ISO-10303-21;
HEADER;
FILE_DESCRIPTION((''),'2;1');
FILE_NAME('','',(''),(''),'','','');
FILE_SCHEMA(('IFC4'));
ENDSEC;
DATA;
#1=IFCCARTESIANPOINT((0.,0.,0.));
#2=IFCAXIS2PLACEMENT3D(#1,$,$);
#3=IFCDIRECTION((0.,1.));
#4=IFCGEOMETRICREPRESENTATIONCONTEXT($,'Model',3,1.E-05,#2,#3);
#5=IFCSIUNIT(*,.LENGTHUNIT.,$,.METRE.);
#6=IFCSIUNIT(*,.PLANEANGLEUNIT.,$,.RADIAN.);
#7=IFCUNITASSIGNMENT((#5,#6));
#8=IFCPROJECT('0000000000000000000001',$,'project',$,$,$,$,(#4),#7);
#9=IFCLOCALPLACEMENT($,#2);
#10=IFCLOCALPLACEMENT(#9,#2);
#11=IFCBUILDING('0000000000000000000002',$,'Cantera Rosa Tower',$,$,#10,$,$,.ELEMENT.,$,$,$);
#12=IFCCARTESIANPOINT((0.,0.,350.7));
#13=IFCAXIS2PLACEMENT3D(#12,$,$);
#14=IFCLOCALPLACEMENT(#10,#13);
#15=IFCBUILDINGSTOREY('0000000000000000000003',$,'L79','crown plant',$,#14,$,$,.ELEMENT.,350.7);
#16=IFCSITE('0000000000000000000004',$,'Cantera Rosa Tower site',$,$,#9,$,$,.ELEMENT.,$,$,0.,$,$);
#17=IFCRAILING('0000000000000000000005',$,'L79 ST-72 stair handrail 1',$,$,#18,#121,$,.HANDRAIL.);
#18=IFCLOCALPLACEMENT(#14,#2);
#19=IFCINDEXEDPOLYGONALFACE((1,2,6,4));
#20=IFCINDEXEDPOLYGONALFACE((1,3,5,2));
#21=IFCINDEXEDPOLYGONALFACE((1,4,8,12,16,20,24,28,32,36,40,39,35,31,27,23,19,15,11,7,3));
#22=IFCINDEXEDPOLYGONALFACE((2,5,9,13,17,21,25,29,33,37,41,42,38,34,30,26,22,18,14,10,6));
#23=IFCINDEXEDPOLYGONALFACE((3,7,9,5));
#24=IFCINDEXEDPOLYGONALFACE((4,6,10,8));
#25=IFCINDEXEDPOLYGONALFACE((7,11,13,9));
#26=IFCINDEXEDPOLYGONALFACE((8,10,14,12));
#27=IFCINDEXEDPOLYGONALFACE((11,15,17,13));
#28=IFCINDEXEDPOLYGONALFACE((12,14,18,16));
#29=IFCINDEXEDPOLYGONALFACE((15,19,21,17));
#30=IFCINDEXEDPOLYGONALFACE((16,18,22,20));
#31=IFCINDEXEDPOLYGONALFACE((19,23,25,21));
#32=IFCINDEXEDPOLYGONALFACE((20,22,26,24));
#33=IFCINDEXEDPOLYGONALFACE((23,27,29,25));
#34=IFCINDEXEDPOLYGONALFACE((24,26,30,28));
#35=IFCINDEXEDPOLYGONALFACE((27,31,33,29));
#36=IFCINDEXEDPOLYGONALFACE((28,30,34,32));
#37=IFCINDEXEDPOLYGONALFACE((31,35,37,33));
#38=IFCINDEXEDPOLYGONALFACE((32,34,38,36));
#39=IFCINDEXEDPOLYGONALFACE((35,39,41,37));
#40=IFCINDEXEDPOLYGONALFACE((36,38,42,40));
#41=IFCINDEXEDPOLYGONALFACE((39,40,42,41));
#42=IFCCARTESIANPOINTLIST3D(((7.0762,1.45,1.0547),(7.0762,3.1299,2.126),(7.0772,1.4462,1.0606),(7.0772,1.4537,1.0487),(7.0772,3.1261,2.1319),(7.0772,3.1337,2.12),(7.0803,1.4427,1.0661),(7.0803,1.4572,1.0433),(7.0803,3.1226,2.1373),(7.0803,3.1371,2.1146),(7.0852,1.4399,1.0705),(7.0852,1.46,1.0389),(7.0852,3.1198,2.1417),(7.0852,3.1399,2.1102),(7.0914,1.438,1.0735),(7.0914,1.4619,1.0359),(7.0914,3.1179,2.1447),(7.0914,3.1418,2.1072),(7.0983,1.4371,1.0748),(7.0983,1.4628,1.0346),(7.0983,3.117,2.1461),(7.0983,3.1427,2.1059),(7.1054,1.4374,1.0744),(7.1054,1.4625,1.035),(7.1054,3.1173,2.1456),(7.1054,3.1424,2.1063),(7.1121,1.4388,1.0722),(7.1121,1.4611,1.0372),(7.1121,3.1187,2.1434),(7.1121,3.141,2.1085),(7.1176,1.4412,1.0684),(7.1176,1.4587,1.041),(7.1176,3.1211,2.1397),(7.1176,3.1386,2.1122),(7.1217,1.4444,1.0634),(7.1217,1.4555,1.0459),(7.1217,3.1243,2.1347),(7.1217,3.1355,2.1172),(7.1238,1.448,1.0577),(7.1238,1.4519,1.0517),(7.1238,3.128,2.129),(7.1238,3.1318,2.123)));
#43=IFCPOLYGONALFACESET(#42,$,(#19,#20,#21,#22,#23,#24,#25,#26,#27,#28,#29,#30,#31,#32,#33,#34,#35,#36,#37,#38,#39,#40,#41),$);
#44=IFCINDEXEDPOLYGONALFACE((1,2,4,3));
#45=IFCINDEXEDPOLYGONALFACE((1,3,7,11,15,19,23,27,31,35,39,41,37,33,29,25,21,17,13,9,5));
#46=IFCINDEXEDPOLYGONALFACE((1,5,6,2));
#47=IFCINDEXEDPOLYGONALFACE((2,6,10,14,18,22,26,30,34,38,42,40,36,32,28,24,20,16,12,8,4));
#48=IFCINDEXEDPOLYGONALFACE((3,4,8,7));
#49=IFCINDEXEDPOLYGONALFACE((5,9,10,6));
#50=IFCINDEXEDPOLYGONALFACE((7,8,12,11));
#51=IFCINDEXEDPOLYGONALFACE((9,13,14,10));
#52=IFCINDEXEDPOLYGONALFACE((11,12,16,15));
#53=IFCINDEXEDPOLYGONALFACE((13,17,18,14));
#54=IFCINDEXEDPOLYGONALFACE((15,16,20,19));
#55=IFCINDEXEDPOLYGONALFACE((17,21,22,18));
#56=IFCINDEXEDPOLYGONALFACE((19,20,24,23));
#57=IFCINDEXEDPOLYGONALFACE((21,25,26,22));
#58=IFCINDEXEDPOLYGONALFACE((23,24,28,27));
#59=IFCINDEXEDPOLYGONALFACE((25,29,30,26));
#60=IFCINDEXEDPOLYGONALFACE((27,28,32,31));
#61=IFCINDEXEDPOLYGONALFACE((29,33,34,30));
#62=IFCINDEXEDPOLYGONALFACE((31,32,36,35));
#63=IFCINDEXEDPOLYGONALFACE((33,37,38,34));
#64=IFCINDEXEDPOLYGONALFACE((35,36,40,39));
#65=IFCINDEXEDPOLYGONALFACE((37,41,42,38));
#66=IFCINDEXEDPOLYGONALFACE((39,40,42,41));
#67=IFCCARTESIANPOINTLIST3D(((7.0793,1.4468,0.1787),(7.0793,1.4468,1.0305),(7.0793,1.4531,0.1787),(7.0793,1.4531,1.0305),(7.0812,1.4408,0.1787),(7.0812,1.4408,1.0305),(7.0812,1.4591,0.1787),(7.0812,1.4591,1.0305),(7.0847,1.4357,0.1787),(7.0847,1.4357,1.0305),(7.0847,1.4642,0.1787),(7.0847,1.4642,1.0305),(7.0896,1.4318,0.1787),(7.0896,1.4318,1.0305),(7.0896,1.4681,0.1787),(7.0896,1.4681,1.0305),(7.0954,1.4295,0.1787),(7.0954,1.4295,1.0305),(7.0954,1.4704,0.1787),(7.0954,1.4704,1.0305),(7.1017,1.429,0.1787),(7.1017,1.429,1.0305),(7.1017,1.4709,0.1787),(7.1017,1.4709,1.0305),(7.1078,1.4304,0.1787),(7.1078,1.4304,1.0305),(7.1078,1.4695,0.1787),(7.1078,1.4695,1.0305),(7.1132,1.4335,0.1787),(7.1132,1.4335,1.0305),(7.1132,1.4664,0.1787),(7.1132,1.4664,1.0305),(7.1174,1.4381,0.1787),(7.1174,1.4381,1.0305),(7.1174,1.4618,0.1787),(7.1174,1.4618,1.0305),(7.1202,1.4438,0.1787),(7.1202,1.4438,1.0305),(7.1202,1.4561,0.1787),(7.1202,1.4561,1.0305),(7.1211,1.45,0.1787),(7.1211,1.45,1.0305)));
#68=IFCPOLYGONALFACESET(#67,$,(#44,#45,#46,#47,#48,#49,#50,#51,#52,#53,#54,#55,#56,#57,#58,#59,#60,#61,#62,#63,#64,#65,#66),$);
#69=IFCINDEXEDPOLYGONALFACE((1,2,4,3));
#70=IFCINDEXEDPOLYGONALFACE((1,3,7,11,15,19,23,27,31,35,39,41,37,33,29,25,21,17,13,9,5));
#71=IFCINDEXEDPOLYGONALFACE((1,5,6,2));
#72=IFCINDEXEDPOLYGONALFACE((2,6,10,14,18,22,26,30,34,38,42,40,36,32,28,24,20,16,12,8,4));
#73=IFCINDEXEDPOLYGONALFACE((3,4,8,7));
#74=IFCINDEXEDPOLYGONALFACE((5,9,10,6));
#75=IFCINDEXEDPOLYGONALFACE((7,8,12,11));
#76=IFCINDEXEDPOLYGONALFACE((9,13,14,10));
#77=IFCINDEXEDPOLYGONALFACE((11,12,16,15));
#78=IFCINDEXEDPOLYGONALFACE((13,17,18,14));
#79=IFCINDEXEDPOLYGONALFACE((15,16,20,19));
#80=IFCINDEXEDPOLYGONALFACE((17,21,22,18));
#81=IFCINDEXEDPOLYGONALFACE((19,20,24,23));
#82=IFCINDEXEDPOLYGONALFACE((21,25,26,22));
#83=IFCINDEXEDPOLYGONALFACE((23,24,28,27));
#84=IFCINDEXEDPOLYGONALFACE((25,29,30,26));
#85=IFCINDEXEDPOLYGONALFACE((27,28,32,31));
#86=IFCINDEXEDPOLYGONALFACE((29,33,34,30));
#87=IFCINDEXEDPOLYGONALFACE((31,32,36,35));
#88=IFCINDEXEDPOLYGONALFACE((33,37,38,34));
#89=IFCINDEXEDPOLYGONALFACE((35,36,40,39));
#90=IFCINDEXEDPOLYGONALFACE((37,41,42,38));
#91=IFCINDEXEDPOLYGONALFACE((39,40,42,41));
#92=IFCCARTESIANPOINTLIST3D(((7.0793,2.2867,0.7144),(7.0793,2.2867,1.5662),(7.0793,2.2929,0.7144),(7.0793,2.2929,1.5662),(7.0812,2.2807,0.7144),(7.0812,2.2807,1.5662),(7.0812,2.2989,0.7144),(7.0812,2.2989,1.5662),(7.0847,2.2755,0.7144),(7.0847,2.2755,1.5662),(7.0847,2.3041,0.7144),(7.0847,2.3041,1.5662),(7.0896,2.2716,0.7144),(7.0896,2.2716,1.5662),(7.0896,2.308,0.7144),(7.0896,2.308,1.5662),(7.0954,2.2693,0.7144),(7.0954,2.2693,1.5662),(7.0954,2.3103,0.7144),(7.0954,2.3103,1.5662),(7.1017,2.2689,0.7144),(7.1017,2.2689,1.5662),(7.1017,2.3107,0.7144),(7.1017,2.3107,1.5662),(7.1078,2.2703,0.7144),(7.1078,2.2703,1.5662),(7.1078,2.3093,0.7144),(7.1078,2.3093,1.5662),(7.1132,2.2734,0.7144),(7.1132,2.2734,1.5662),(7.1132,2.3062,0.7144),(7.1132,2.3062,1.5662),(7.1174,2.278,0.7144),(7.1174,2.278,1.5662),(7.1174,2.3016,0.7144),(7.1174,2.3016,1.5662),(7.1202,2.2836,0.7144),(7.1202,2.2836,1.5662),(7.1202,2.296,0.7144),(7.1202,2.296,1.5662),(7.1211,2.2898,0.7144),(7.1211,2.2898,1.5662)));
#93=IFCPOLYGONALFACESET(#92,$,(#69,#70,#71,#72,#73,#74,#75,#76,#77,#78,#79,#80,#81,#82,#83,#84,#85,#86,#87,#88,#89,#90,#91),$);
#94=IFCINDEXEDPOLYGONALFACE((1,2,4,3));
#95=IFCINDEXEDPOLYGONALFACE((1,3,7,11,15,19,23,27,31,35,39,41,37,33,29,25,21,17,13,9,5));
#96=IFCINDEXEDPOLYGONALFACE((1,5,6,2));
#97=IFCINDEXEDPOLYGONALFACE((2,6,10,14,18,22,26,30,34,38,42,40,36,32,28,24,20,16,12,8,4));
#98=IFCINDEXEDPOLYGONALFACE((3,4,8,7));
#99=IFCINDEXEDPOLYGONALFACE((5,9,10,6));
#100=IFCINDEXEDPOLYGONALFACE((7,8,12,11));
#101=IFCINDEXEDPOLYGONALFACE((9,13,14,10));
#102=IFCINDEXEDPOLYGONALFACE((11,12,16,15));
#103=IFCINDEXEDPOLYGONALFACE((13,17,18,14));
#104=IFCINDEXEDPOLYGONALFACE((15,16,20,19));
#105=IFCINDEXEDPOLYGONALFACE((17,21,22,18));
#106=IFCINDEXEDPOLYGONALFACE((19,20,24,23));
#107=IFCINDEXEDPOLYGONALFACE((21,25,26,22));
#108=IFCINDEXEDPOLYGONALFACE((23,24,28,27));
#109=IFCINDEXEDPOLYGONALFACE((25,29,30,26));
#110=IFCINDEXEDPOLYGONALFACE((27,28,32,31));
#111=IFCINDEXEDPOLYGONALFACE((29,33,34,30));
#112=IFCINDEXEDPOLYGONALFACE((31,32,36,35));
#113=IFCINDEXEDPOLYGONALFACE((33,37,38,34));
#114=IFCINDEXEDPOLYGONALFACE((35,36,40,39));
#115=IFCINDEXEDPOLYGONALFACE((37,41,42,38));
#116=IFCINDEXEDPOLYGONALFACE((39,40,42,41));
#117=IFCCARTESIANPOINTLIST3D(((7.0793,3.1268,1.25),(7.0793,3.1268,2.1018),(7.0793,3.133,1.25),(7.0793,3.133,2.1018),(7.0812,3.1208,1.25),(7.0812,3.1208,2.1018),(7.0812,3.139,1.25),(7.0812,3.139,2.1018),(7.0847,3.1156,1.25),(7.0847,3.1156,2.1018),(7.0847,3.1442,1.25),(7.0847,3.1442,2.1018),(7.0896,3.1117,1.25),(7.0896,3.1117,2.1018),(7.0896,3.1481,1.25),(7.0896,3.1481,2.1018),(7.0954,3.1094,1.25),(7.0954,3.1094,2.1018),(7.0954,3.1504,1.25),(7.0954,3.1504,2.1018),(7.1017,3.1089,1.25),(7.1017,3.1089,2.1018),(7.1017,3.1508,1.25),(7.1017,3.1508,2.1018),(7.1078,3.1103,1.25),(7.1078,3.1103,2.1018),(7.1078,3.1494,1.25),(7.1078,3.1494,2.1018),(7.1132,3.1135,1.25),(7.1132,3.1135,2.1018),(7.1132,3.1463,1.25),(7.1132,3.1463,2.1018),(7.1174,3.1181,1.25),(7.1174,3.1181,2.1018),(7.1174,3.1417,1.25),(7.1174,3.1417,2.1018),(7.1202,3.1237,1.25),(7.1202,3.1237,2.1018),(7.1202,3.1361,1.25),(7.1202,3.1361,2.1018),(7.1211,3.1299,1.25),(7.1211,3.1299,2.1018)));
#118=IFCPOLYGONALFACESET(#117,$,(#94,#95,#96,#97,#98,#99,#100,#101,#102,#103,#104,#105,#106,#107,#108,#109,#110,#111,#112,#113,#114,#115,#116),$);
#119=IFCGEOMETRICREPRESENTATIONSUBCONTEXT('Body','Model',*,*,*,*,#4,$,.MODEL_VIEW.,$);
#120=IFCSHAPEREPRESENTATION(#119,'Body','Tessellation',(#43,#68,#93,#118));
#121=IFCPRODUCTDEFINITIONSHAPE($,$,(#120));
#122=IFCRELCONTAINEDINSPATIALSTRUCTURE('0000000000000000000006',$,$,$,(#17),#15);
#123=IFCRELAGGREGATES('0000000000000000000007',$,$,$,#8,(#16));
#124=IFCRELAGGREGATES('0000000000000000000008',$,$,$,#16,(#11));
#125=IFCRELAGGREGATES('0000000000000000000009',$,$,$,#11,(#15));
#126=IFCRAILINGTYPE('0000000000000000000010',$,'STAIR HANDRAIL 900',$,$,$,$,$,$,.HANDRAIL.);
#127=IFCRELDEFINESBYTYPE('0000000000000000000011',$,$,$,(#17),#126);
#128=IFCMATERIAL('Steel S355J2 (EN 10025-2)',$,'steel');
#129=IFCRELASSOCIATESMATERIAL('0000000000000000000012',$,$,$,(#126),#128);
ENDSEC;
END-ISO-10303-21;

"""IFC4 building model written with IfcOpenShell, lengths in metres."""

from ifc_helpers import new_model, si_unit, direction, frame, origin, origin_2d, place, context, subcontext, project, spatial, circle, extrude, material, type_object, element, save


model = new_model("IFC4")

# Units and contexts
model_context = context("Model", 3, precision=1e-05, world=origin(), true_north=direction((0.0, 1.0)))
body_context = subcontext(model_context, "Body", "Model", "MODEL_VIEW")
ifc_project = project(units=[si_unit("LENGTHUNIT", "METRE"), si_unit("PLANEANGLEUNIT", "RADIAN")], contexts=[model_context])

# Site, building, storey
site_placement = place(None, origin())
site = spatial("IfcSite", under=ifc_project, at=site_placement, Name="Cantera Rosa Tower site", CompositionType="ELEMENT", RefElevation=0.0)
building_placement = place(site_placement, origin())
building = spatial("IfcBuilding", under=site, at=building_placement, Name="Cantera Rosa Tower", CompositionType="ELEMENT")
storey_placement = place(building_placement, frame((0.0, 0.0, 350.7)))
storey = spatial("IfcBuildingStorey", under=building, at=storey_placement, Name="L79", Description="crown plant", CompositionType="ELEMENT", Elevation=350.7)

# Railing
ifc_material_1 = material(Name="Steel S355J2 (EN 10025-2)", Category="steel")
railing_type_1 = type_object("IfcRailingType", Name="STAIR HANDRAIL 900", PredefinedType="HANDRAIL", material=ifc_material_1)
railing_1_placement = place(storey_placement, frame((7.1001, 1.45, 0.1787)))
element("IfcRailing", 1, at=railing_1_placement, inside=storey, type_object=railing_type_1, Name="L79 ST-72 stair handrail 1", PredefinedType="HANDRAIL", context=body_context, shape_type="SweptSolid", body=[
    extrude(circle(Radius=0.0239, at=origin_2d()), frame((0.0, 0.0, 0.876), z_axis=(0.0, 0.843152, 0.537676), x_axis=(-1.0, 0.0, 0.0)), (0.0, 0.0, 1.0), 1.9924),
    extrude(circle(Radius=0.021, at=origin_2d()), origin(), (0.0, 0.0, 1.0), 0.8518),
    extrude(circle(Radius=0.021, at=origin_2d()), frame((0.0, 0.8398, 0.5356)), (0.0, 0.0, 1.0), 0.8518),
    extrude(circle(Radius=0.021, at=origin_2d()), frame((0.0, 1.6799, 1.0713)), (0.0, 0.0, 1.0), 0.8518),
])

save(model, "model.ifc")
